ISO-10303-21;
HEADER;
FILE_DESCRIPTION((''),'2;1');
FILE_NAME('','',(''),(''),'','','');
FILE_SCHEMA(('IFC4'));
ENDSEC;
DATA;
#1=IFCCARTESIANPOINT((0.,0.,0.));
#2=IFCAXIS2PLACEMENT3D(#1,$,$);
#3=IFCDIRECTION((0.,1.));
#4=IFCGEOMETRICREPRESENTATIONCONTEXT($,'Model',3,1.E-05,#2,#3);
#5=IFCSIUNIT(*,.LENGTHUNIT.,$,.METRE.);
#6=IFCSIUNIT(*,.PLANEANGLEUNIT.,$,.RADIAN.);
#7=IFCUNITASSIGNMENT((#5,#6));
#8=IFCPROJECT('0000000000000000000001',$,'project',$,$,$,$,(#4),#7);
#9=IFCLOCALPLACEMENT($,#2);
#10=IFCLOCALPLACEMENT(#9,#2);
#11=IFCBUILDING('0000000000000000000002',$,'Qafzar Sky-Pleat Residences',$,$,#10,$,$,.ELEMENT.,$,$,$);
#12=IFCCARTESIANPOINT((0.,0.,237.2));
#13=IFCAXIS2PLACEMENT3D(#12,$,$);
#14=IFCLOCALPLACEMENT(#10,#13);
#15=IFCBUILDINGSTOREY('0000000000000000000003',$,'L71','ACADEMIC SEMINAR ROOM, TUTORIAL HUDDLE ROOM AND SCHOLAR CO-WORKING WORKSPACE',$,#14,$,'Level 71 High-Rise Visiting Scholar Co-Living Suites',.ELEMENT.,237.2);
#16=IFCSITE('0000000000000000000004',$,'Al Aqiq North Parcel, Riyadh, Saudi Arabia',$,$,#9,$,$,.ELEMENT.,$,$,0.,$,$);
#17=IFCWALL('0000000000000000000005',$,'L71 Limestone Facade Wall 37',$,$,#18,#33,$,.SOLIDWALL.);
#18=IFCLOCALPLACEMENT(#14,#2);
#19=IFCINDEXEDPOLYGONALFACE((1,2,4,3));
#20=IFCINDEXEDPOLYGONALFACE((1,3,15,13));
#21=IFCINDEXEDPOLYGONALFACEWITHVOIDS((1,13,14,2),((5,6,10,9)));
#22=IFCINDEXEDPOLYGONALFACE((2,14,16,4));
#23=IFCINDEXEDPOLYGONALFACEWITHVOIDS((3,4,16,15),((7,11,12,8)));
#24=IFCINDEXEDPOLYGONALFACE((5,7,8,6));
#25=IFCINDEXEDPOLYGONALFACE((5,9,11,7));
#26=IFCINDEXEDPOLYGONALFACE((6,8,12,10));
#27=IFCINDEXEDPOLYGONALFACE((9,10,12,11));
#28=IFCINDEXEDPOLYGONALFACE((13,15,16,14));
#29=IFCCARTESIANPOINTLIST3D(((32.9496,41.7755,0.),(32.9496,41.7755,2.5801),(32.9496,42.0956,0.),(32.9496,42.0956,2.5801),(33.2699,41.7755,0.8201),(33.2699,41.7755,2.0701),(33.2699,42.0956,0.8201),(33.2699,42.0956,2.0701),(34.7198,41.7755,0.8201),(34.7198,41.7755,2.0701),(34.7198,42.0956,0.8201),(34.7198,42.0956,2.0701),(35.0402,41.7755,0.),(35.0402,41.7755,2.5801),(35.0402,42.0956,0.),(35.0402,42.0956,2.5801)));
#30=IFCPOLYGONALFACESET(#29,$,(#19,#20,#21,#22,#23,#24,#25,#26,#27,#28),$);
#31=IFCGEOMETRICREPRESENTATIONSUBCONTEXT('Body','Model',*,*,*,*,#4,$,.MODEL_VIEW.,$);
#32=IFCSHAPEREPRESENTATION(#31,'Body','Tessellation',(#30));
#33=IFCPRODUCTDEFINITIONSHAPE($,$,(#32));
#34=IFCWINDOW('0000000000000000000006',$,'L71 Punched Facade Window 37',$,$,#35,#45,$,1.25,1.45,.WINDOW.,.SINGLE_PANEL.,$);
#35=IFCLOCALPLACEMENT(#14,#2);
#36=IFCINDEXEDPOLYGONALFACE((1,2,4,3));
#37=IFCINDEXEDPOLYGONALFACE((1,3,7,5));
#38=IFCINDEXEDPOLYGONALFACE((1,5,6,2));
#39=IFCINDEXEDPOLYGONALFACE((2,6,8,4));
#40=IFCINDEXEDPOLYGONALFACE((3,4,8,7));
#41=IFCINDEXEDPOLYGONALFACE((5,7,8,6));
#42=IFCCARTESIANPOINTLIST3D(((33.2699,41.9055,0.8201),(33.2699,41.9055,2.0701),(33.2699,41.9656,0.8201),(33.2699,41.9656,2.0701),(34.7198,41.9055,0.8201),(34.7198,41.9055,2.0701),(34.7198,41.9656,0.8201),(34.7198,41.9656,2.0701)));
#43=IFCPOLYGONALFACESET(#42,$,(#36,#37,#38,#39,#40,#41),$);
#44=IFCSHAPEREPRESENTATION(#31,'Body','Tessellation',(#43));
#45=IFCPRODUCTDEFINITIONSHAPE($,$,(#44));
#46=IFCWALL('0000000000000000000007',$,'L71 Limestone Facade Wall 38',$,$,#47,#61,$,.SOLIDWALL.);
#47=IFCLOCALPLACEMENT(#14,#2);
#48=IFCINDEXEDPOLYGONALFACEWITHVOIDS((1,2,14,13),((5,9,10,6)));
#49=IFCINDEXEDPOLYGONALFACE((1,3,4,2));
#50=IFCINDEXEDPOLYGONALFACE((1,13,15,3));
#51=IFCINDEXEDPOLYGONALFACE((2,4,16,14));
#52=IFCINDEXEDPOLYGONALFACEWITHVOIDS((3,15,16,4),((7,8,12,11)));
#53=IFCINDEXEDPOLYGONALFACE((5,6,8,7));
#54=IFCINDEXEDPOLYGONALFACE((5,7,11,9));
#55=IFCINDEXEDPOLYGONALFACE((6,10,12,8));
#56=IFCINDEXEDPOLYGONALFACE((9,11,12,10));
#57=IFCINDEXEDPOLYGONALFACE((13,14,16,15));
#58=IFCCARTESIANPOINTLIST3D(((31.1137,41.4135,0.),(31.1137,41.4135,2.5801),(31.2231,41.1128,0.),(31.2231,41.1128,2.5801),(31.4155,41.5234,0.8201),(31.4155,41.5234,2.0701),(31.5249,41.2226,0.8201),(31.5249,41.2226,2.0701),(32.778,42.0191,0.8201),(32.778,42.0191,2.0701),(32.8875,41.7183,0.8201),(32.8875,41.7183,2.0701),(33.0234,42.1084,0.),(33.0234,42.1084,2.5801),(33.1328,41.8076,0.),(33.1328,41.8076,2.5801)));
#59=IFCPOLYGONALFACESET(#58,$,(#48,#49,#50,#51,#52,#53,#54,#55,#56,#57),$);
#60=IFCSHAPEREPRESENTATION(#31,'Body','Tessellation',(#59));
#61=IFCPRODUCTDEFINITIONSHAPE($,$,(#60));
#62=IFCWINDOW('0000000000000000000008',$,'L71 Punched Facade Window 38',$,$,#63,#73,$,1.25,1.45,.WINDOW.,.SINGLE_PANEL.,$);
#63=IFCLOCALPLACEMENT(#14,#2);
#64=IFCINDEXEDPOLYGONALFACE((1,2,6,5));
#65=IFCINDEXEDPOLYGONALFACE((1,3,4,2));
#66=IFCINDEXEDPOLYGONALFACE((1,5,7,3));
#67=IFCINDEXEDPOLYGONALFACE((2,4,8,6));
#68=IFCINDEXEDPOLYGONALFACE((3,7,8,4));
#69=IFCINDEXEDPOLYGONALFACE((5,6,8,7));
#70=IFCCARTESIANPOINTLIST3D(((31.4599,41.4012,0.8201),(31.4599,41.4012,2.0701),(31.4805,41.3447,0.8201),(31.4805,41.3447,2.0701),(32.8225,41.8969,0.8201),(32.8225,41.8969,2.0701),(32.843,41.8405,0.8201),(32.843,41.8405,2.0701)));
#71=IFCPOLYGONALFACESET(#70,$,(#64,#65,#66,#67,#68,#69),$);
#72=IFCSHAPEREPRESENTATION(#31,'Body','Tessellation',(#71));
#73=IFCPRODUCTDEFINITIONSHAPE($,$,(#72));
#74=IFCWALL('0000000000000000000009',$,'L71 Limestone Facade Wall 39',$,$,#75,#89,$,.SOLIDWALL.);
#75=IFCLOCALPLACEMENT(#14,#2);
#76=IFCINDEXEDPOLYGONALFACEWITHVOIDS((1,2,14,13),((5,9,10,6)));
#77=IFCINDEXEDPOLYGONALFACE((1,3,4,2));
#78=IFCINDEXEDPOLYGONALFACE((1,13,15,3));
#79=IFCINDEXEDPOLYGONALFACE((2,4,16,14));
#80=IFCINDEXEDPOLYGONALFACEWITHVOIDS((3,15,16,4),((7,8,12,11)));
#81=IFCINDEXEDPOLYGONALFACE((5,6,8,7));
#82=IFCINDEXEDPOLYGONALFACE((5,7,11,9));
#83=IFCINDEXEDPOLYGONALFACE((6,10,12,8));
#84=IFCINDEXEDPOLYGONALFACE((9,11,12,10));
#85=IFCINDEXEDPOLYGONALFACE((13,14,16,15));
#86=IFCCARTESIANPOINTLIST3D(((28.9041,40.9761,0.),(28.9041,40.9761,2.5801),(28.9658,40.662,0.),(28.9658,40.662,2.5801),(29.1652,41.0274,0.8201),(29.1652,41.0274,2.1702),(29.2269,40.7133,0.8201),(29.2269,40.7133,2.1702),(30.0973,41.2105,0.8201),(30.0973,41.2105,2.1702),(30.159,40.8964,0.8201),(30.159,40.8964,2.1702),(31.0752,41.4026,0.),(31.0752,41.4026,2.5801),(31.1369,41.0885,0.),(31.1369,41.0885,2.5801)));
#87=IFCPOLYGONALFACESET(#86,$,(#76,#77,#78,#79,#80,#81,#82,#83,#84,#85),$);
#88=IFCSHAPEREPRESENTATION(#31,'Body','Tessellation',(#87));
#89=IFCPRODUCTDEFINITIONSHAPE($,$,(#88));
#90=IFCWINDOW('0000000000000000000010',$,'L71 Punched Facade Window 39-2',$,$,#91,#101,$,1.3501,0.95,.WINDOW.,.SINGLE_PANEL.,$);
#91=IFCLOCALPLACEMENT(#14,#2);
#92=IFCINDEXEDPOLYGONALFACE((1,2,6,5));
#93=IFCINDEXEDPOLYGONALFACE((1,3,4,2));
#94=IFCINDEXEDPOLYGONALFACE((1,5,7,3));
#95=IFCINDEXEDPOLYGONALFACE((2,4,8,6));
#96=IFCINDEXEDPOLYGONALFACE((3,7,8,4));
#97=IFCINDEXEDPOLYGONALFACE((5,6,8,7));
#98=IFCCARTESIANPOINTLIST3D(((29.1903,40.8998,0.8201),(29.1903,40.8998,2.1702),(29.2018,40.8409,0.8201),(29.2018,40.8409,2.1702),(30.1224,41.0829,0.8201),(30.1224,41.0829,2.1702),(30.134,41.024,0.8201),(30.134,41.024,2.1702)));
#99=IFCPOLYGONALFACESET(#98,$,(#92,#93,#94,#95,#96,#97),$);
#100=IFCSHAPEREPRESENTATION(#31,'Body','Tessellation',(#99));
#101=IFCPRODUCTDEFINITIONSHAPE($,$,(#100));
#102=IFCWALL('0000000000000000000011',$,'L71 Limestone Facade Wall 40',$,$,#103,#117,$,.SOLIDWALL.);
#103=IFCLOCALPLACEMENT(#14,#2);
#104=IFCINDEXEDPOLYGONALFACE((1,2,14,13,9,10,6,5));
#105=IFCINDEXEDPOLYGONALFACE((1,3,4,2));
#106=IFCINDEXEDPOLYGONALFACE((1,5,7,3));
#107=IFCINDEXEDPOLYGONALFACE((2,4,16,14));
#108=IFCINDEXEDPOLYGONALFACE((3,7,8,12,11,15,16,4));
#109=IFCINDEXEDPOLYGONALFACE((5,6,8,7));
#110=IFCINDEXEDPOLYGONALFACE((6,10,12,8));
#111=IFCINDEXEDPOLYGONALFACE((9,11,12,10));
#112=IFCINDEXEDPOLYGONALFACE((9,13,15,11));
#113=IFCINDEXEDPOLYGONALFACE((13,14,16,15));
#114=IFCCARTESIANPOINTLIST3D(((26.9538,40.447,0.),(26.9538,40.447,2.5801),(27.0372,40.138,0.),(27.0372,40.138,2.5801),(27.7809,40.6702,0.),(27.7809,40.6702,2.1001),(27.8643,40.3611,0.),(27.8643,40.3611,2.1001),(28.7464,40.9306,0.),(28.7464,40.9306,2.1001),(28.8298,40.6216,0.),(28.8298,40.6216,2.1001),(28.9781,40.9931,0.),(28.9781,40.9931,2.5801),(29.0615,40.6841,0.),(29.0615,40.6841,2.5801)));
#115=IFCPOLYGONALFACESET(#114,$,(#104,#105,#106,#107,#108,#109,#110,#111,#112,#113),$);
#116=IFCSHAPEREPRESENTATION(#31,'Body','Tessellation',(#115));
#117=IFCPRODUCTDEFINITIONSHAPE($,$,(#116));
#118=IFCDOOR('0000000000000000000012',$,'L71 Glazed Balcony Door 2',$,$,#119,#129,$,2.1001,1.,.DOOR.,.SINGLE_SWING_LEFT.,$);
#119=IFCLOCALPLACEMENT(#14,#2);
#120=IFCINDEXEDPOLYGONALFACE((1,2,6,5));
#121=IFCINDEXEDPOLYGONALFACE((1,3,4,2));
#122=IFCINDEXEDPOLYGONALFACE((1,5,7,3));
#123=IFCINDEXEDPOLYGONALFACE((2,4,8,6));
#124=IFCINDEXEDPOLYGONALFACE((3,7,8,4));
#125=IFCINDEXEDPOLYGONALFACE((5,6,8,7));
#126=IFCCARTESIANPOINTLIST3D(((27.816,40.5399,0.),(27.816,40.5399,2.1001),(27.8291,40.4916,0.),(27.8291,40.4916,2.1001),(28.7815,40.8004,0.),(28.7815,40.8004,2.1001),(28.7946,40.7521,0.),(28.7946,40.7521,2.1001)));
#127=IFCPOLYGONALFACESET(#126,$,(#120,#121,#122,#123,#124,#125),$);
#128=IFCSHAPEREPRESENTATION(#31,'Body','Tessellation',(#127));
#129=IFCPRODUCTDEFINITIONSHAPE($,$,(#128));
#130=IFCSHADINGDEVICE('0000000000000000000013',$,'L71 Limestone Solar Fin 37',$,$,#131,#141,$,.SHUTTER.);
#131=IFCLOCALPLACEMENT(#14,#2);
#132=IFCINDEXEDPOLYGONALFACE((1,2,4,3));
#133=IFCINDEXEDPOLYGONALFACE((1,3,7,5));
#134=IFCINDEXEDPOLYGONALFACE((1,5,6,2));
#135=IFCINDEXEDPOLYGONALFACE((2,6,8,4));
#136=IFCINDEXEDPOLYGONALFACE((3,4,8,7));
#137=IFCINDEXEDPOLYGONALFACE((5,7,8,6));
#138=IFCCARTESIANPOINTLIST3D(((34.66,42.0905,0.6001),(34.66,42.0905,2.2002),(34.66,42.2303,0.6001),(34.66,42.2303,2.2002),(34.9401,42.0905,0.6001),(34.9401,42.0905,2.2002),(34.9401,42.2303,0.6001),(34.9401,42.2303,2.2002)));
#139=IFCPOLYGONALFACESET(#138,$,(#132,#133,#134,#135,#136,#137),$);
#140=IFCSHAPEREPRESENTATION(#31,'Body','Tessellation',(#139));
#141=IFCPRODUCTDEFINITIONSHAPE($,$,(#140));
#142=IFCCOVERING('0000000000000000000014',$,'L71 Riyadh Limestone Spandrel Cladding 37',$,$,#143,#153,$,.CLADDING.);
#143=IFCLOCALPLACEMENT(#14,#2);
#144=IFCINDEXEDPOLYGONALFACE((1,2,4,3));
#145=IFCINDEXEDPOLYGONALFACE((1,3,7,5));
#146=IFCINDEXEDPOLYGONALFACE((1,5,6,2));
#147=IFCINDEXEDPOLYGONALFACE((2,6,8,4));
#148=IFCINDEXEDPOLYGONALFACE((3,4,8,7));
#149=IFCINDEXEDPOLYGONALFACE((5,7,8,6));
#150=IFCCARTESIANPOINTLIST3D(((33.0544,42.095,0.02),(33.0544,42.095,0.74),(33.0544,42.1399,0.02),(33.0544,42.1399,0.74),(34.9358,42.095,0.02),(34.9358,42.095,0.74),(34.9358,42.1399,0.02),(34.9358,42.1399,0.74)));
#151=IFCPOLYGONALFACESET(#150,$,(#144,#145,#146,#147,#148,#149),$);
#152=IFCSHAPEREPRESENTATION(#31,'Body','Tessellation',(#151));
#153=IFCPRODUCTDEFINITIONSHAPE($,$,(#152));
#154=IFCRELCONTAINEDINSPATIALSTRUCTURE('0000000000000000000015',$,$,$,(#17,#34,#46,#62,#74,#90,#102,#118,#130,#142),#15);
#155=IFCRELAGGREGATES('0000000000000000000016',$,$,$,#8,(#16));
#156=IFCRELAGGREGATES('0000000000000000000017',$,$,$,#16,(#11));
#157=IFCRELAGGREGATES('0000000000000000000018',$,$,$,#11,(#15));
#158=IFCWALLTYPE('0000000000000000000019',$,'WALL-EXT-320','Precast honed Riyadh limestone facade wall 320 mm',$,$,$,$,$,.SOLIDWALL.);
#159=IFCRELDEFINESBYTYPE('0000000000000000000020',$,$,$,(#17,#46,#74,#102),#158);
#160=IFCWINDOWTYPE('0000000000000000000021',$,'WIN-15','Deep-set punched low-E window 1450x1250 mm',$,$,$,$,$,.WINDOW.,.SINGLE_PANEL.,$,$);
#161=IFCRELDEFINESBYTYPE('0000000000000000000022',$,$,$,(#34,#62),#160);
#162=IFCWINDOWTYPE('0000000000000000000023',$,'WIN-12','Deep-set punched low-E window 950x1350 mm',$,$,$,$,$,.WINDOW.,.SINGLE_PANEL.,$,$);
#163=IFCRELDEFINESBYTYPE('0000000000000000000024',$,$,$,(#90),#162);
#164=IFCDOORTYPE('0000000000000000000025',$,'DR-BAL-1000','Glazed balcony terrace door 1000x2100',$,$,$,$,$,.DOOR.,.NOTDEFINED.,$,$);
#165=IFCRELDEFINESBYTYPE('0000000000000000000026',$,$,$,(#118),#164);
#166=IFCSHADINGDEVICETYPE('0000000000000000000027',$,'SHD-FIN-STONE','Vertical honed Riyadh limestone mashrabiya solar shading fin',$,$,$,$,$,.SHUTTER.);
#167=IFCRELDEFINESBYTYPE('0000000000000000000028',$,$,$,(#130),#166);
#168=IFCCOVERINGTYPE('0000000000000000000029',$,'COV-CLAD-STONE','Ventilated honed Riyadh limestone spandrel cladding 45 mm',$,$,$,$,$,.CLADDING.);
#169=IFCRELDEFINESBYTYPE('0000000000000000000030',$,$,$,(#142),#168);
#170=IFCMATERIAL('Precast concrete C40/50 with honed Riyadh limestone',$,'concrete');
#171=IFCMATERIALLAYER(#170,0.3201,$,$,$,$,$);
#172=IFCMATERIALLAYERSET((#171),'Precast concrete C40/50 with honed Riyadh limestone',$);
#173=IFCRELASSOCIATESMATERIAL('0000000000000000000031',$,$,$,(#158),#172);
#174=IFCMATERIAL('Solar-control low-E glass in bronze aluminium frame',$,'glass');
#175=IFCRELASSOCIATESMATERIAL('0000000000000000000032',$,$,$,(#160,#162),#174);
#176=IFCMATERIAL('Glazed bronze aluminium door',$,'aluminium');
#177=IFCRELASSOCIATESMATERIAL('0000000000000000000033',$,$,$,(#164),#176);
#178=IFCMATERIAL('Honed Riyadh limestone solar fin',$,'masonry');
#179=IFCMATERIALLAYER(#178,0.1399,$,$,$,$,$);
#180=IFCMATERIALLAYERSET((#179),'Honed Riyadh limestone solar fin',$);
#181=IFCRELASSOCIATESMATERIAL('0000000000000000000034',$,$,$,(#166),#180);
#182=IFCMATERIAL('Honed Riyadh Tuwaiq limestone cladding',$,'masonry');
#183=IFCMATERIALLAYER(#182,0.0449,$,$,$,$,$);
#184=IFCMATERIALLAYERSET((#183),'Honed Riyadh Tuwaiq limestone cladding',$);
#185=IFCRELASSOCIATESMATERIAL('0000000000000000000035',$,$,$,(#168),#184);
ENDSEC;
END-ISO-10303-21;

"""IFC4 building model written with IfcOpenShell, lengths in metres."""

from ifc_helpers import new_model, si_unit, direction, frame, frame_2d, origin, origin_2d, place, context, subcontext, project, spatial, rectangle, extrude, source, transform, mapped, material, layer, layer_set, type_object, element, fill, save


model = new_model("IFC4")

# Units and contexts
model_context = context("Model", 3, precision=1e-05, world=origin(), true_north=direction((0.0, 1.0)))
body_context = subcontext(model_context, "Body", "Model", "MODEL_VIEW")
ifc_project = project(units=[si_unit("LENGTHUNIT", "METRE"), si_unit("PLANEANGLEUNIT", "RADIAN")], contexts=[model_context])

# Site, building, storey
site_placement = place(None, origin())
site = spatial("IfcSite", under=ifc_project, at=site_placement, Name="Al Aqiq North Parcel, Riyadh, Saudi Arabia", CompositionType="ELEMENT", RefElevation=0.0)
building_placement = place(site_placement, origin())
building = spatial("IfcBuilding", under=site, at=building_placement, Name="Qafzar Sky-Pleat Residences", CompositionType="ELEMENT")
storey_placement = place(building_placement, frame((0.0, 0.0, 237.2)))
storey = spatial("IfcBuildingStorey", under=building, at=storey_placement, Name="L71", Description="ACADEMIC SEMINAR ROOM, TUTORIAL HUDDLE ROOM AND SCHOLAR CO-WORKING WORKSPACE", LongName="Level 71 High-Rise Visiting Scholar Co-Living Suites", CompositionType="ELEMENT", Elevation=237.2)

# Walls, openings, windows
ifc_material_1 = material(Name="Precast concrete C40/50 with honed Riyadh limestone", Category="concrete")
ifc_layer_1 = layer(ifc_material_1, 0.3201)
ifc_layer_set_1 = layer_set([ifc_layer_1], Name="Precast concrete C40/50 with honed Riyadh limestone")
wall_type_1 = type_object("IfcWallType", Name="WALL-EXT-320", Description="Precast honed Riyadh limestone facade wall 320 mm", PredefinedType="SOLIDWALL", material=ifc_layer_set_1)
wall_1_placement = place(storey_placement, frame((35.0403, 41.9355, 0.0), z_axis=(0.0, 0.0, 1.0), x_axis=(-1.0, 0.0, 0.0)))
wall_1 = element("IfcWall", 1, at=wall_1_placement, inside=storey, type_object=wall_type_1, Name="L71 Limestone Facade Wall 37", PredefinedType="SOLIDWALL", context=body_context, shape_type="SweptSolid", body=[
    extrude(rectangle(XDim=2.0906, YDim=0.3201, at=frame_2d((1.0454, 0.0))), origin(), (0.0, 0.0, 1.0), 2.5801),
])
opening_1_placement = place(wall_1_placement, frame((0.3203, 0.0, 0.8201)))
opening_1 = element("IfcOpeningElement", 2, at=opening_1_placement, cuts=wall_1, PredefinedType="OPENING", context=body_context, shape_type="SweptSolid", body=[
    extrude(rectangle(XDim=1.45, YDim=1.25, at=frame_2d((0.7251, 0.625))), frame((0.0, 0.1699, 0.0), z_axis=(0.0, -1.0, 0.0), x_axis=(1.0, 0.0, 0.0)), (0.0, 0.0, 1.0), 0.3401),
])
ifc_material_2 = material(Name="Solar-control low-E glass in bronze aluminium frame", Category="glass")
window_type_1 = type_object("IfcWindowType", Name="WIN-15", Description="Deep-set punched low-E window 1450x1250 mm", PartitioningType="SINGLE_PANEL", PredefinedType="WINDOW", material=ifc_material_2)
shared_shape_1 = source(origin(), body_context, "Body", "SweptSolid", [
    extrude(rectangle(XDim=1.45, YDim=1.25, at=frame_2d((0.7251, 0.625))), frame((0.0, 0.03, 0.0), z_axis=(0.0, -1.0, 0.0), x_axis=(1.0, 0.0, 0.0)), (0.0, 0.0, 1.0), 0.0601),
])
window_1_placement = place(opening_1_placement, origin())
window_1 = element("IfcWindow", 3, at=window_1_placement, inside=storey, type_object=window_type_1, Name="L71 Punched Facade Window 37", OverallHeight=1.25, OverallWidth=1.45, PartitioningType="SINGLE_PANEL", PredefinedType="WINDOW", context=body_context, shape_type="MappedRepresentation", body=[
    mapped(shared_shape_1, transform((0.0, 0.0, 0.0), x_axis=(1.0, 0.0, 0.0), y_axis=(0.0, 1.0, 0.0), z_axis=(0.0, 0.0, 1.0), scale=1.0)),
])
fill(opening_1, window_1)
wall_2_placement = place(storey_placement, frame((33.0781, 41.958, 0.0), z_axis=(0.0, 0.0, 1.0), x_axis=(-0.93973, -0.341917, 0.0)))
wall_2 = element("IfcWall", 4, at=wall_2_placement, inside=storey, type_object=wall_type_1, Name="L71 Limestone Facade Wall 38", PredefinedType="SOLIDWALL", context=body_context, shape_type="SweptSolid", body=[
    extrude(rectangle(XDim=2.0322, YDim=0.3201, at=frame_2d((1.0161, 0.0))), origin(), (0.0, 0.0, 1.0), 2.5801),
])
opening_2_placement = place(wall_2_placement, frame((0.261, 0.0, 0.8201)))
opening_2 = element("IfcOpeningElement", 5, at=opening_2_placement, cuts=wall_2, PredefinedType="OPENING", context=body_context, shape_type="SweptSolid", body=[
    extrude(rectangle(XDim=1.45, YDim=1.25, at=frame_2d((0.7251, 0.625))), frame((0.0, 0.1699, 0.0), z_axis=(0.0, -1.0, 0.0), x_axis=(1.0, 0.0, 0.0)), (0.0, 0.0, 1.0), 0.3401),
])
window_2_placement = place(opening_2_placement, origin())
window_2 = element("IfcWindow", 6, at=window_2_placement, inside=storey, type_object=window_type_1, Name="L71 Punched Facade Window 38", OverallHeight=1.25, OverallWidth=1.45, PartitioningType="SINGLE_PANEL", PredefinedType="WINDOW", context=body_context, shape_type="MappedRepresentation", body=[
    mapped(shared_shape_1, transform((0.0, 0.0, 0.0), x_axis=(1.0, 0.0, 0.0), y_axis=(0.0, 1.0, 0.0), z_axis=(0.0, 0.0, 1.0), scale=1.0)),
])
fill(opening_2, window_2)
wall_3_placement = place(storey_placement, frame((31.1062, 41.2456, 0.0), z_axis=(0.0, 0.0, 1.0), x_axis=(-0.981245, -0.192762, 0.0)))
wall_3 = element("IfcWall", 7, at=wall_3_placement, inside=storey, type_object=wall_type_1, Name="L71 Limestone Facade Wall 39", PredefinedType="SOLIDWALL", context=body_context, shape_type="SweptSolid", body=[
    extrude(rectangle(XDim=2.2126, YDim=0.3201, at=frame_2d((1.1064, 0.0))), origin(), (0.0, 0.0, 1.0), 2.5801),
])
opening_3_placement = place(wall_3_placement, frame((0.9966, 0.0, 0.8201)))
opening_3 = element("IfcOpeningElement", 8, at=opening_3_placement, cuts=wall_3, PredefinedType="OPENING", context=body_context, shape_type="SweptSolid", body=[
    extrude(rectangle(XDim=0.95, YDim=1.3501, at=frame_2d((0.4751, 0.675))), frame((0.0, 0.1699, 0.0), z_axis=(0.0, -1.0, 0.0), x_axis=(1.0, 0.0, 0.0)), (0.0, 0.0, 1.0), 0.3401),
])
window_type_2 = type_object("IfcWindowType", Name="WIN-12", Description="Deep-set punched low-E window 950x1350 mm", PartitioningType="SINGLE_PANEL", PredefinedType="WINDOW", material=ifc_material_2)
shared_shape_2 = source(origin(), body_context, "Body", "SweptSolid", [
    extrude(rectangle(XDim=0.95, YDim=1.3501, at=frame_2d((0.4751, 0.675))), frame((0.0, 0.03, 0.0), z_axis=(0.0, -1.0, 0.0), x_axis=(1.0, 0.0, 0.0)), (0.0, 0.0, 1.0), 0.0601),
])
window_3_placement = place(opening_3_placement, origin())
window_3 = element("IfcWindow", 9, at=window_3_placement, inside=storey, type_object=window_type_2, Name="L71 Punched Facade Window 39-2", OverallHeight=1.3501, OverallWidth=0.95, PartitioningType="SINGLE_PANEL", PredefinedType="WINDOW", context=body_context, shape_type="MappedRepresentation", body=[
    mapped(shared_shape_2, transform((0.0, 0.0, 0.0), x_axis=(1.0, 0.0, 0.0), y_axis=(0.0, 1.0, 0.0), z_axis=(0.0, 0.0, 1.0), scale=1.0)),
])
fill(opening_3, window_3)

# Wall, opening, door
wall_4_placement = place(storey_placement, frame((29.0198, 40.8386, 0.0), z_axis=(0.0, 0.0, 1.0), x_axis=(-0.965483, -0.260466, 0.0)))
wall_4 = element("IfcWall", 10, at=wall_4_placement, inside=storey, type_object=wall_type_1, Name="L71 Limestone Facade Wall 40", PredefinedType="SOLIDWALL", context=body_context, shape_type="SweptSolid", body=[
    extrude(rectangle(XDim=2.0967, YDim=0.3201, at=frame_2d((1.0483, 0.0))), origin(), (0.0, 0.0, 1.0), 2.5801),
])
opening_4_placement = place(wall_4_placement, frame((0.24, 0.0, 0.0)))
opening_4 = element("IfcOpeningElement", 11, at=opening_4_placement, cuts=wall_4, PredefinedType="OPENING", context=body_context, shape_type="SweptSolid", body=[
    extrude(rectangle(XDim=1.0, YDim=2.1001, at=frame_2d((0.5, 1.05))), frame((0.0, 0.1699, 0.0), z_axis=(0.0, -1.0, 0.0), x_axis=(1.0, 0.0, 0.0)), (0.0, 0.0, 1.0), 0.3401),
])
ifc_material_3 = material(Name="Glazed bronze aluminium door", Category="aluminium")
door_type_1 = type_object("IfcDoorType", Name="DR-BAL-1000", Description="Glazed balcony terrace door 1000x2100", OperationType="NOTDEFINED", PredefinedType="DOOR", material=ifc_material_3)
shared_shape_3 = source(origin(), body_context, "Body", "SweptSolid", [
    extrude(rectangle(XDim=1.0, YDim=2.1001, at=frame_2d((0.5, 1.05))), frame((0.0, 0.0249, 0.0), z_axis=(0.0, -1.0, 0.0), x_axis=(1.0, 0.0, 0.0)), (0.0, 0.0, 1.0), 0.05),
])
door_1_placement = place(opening_4_placement, origin())
door_1 = element("IfcDoor", 12, at=door_1_placement, inside=storey, type_object=door_type_1, Name="L71 Glazed Balcony Door 2", OperationType="SINGLE_SWING_LEFT", OverallHeight=2.1001, OverallWidth=1.0, PredefinedType="DOOR", context=body_context, shape_type="MappedRepresentation", body=[
    mapped(shared_shape_3, transform((0.0, 0.0, 0.0), x_axis=(1.0, 0.0, 0.0), y_axis=(0.0, 1.0, 0.0), z_axis=(0.0, 0.0, 1.0), scale=1.0)),
])
fill(opening_4, door_1)

# Shading device
ifc_material_4 = material(Name="Honed Riyadh limestone solar fin", Category="masonry")
ifc_layer_2 = layer(ifc_material_4, 0.1399)
ifc_layer_set_2 = layer_set([ifc_layer_2], Name="Honed Riyadh limestone solar fin")
shading_device_type = type_object("IfcShadingDeviceType", Name="SHD-FIN-STONE", Description="Vertical honed Riyadh limestone mashrabiya solar shading fin", PredefinedType="SHUTTER", material=ifc_layer_set_2)
shared_shape_4 = source(origin(), body_context, "Body", "SweptSolid", [
    extrude(rectangle(XDim=0.1399, YDim=0.28, at=origin_2d()), origin(), (0.0, 0.0, 1.0), 1.6001),
])
shading_device_placement = place(storey_placement, frame((34.8, 42.1604, 0.6001), z_axis=(0.0, 0.0, 1.0), x_axis=(0.0, 1.0, 0.0)))
element("IfcShadingDevice", 13, at=shading_device_placement, inside=storey, type_object=shading_device_type, Name="L71 Limestone Solar Fin 37", PredefinedType="SHUTTER", context=body_context, shape_type="MappedRepresentation", body=[
    mapped(shared_shape_4, transform((0.0, 0.0, 0.0), x_axis=(1.0, 0.0, 0.0), y_axis=(0.0, 1.0, 0.0), z_axis=(0.0, 0.0, 1.0), scale=1.0)),
])

# Covering
ifc_material_5 = material(Name="Honed Riyadh Tuwaiq limestone cladding", Category="masonry")
ifc_layer_3 = layer(ifc_material_5, 0.0449)
ifc_layer_set_3 = layer_set([ifc_layer_3], Name="Honed Riyadh Tuwaiq limestone cladding")
covering_type = type_object("IfcCoveringType", Name="COV-CLAD-STONE", Description="Ventilated honed Riyadh limestone spandrel cladding 45 mm", PredefinedType="CLADDING", material=ifc_layer_set_3)
shared_shape_5 = source(origin(), body_context, "Body", "SweptSolid", [
    extrude(rectangle(XDim=1.8813, YDim=0.0449, at=origin_2d()), origin(), (0.0, 0.0, 1.0), 0.72),
])
covering_placement = place(storey_placement, frame((33.9951, 42.1174, 0.02), z_axis=(0.0, 0.0, 1.0), x_axis=(-1.0, 0.0, 0.0)))
element("IfcCovering", 14, at=covering_placement, inside=storey, type_object=covering_type, Name="L71 Riyadh Limestone Spandrel Cladding 37", PredefinedType="CLADDING", context=body_context, shape_type="MappedRepresentation", body=[
    mapped(shared_shape_5, transform((0.0, 0.0, 0.0), x_axis=(1.0, 0.0, 0.0), y_axis=(0.0, 1.0, 0.0), z_axis=(0.0, 0.0, 1.0), scale=1.0)),
])

save(model, "model.ifc")
